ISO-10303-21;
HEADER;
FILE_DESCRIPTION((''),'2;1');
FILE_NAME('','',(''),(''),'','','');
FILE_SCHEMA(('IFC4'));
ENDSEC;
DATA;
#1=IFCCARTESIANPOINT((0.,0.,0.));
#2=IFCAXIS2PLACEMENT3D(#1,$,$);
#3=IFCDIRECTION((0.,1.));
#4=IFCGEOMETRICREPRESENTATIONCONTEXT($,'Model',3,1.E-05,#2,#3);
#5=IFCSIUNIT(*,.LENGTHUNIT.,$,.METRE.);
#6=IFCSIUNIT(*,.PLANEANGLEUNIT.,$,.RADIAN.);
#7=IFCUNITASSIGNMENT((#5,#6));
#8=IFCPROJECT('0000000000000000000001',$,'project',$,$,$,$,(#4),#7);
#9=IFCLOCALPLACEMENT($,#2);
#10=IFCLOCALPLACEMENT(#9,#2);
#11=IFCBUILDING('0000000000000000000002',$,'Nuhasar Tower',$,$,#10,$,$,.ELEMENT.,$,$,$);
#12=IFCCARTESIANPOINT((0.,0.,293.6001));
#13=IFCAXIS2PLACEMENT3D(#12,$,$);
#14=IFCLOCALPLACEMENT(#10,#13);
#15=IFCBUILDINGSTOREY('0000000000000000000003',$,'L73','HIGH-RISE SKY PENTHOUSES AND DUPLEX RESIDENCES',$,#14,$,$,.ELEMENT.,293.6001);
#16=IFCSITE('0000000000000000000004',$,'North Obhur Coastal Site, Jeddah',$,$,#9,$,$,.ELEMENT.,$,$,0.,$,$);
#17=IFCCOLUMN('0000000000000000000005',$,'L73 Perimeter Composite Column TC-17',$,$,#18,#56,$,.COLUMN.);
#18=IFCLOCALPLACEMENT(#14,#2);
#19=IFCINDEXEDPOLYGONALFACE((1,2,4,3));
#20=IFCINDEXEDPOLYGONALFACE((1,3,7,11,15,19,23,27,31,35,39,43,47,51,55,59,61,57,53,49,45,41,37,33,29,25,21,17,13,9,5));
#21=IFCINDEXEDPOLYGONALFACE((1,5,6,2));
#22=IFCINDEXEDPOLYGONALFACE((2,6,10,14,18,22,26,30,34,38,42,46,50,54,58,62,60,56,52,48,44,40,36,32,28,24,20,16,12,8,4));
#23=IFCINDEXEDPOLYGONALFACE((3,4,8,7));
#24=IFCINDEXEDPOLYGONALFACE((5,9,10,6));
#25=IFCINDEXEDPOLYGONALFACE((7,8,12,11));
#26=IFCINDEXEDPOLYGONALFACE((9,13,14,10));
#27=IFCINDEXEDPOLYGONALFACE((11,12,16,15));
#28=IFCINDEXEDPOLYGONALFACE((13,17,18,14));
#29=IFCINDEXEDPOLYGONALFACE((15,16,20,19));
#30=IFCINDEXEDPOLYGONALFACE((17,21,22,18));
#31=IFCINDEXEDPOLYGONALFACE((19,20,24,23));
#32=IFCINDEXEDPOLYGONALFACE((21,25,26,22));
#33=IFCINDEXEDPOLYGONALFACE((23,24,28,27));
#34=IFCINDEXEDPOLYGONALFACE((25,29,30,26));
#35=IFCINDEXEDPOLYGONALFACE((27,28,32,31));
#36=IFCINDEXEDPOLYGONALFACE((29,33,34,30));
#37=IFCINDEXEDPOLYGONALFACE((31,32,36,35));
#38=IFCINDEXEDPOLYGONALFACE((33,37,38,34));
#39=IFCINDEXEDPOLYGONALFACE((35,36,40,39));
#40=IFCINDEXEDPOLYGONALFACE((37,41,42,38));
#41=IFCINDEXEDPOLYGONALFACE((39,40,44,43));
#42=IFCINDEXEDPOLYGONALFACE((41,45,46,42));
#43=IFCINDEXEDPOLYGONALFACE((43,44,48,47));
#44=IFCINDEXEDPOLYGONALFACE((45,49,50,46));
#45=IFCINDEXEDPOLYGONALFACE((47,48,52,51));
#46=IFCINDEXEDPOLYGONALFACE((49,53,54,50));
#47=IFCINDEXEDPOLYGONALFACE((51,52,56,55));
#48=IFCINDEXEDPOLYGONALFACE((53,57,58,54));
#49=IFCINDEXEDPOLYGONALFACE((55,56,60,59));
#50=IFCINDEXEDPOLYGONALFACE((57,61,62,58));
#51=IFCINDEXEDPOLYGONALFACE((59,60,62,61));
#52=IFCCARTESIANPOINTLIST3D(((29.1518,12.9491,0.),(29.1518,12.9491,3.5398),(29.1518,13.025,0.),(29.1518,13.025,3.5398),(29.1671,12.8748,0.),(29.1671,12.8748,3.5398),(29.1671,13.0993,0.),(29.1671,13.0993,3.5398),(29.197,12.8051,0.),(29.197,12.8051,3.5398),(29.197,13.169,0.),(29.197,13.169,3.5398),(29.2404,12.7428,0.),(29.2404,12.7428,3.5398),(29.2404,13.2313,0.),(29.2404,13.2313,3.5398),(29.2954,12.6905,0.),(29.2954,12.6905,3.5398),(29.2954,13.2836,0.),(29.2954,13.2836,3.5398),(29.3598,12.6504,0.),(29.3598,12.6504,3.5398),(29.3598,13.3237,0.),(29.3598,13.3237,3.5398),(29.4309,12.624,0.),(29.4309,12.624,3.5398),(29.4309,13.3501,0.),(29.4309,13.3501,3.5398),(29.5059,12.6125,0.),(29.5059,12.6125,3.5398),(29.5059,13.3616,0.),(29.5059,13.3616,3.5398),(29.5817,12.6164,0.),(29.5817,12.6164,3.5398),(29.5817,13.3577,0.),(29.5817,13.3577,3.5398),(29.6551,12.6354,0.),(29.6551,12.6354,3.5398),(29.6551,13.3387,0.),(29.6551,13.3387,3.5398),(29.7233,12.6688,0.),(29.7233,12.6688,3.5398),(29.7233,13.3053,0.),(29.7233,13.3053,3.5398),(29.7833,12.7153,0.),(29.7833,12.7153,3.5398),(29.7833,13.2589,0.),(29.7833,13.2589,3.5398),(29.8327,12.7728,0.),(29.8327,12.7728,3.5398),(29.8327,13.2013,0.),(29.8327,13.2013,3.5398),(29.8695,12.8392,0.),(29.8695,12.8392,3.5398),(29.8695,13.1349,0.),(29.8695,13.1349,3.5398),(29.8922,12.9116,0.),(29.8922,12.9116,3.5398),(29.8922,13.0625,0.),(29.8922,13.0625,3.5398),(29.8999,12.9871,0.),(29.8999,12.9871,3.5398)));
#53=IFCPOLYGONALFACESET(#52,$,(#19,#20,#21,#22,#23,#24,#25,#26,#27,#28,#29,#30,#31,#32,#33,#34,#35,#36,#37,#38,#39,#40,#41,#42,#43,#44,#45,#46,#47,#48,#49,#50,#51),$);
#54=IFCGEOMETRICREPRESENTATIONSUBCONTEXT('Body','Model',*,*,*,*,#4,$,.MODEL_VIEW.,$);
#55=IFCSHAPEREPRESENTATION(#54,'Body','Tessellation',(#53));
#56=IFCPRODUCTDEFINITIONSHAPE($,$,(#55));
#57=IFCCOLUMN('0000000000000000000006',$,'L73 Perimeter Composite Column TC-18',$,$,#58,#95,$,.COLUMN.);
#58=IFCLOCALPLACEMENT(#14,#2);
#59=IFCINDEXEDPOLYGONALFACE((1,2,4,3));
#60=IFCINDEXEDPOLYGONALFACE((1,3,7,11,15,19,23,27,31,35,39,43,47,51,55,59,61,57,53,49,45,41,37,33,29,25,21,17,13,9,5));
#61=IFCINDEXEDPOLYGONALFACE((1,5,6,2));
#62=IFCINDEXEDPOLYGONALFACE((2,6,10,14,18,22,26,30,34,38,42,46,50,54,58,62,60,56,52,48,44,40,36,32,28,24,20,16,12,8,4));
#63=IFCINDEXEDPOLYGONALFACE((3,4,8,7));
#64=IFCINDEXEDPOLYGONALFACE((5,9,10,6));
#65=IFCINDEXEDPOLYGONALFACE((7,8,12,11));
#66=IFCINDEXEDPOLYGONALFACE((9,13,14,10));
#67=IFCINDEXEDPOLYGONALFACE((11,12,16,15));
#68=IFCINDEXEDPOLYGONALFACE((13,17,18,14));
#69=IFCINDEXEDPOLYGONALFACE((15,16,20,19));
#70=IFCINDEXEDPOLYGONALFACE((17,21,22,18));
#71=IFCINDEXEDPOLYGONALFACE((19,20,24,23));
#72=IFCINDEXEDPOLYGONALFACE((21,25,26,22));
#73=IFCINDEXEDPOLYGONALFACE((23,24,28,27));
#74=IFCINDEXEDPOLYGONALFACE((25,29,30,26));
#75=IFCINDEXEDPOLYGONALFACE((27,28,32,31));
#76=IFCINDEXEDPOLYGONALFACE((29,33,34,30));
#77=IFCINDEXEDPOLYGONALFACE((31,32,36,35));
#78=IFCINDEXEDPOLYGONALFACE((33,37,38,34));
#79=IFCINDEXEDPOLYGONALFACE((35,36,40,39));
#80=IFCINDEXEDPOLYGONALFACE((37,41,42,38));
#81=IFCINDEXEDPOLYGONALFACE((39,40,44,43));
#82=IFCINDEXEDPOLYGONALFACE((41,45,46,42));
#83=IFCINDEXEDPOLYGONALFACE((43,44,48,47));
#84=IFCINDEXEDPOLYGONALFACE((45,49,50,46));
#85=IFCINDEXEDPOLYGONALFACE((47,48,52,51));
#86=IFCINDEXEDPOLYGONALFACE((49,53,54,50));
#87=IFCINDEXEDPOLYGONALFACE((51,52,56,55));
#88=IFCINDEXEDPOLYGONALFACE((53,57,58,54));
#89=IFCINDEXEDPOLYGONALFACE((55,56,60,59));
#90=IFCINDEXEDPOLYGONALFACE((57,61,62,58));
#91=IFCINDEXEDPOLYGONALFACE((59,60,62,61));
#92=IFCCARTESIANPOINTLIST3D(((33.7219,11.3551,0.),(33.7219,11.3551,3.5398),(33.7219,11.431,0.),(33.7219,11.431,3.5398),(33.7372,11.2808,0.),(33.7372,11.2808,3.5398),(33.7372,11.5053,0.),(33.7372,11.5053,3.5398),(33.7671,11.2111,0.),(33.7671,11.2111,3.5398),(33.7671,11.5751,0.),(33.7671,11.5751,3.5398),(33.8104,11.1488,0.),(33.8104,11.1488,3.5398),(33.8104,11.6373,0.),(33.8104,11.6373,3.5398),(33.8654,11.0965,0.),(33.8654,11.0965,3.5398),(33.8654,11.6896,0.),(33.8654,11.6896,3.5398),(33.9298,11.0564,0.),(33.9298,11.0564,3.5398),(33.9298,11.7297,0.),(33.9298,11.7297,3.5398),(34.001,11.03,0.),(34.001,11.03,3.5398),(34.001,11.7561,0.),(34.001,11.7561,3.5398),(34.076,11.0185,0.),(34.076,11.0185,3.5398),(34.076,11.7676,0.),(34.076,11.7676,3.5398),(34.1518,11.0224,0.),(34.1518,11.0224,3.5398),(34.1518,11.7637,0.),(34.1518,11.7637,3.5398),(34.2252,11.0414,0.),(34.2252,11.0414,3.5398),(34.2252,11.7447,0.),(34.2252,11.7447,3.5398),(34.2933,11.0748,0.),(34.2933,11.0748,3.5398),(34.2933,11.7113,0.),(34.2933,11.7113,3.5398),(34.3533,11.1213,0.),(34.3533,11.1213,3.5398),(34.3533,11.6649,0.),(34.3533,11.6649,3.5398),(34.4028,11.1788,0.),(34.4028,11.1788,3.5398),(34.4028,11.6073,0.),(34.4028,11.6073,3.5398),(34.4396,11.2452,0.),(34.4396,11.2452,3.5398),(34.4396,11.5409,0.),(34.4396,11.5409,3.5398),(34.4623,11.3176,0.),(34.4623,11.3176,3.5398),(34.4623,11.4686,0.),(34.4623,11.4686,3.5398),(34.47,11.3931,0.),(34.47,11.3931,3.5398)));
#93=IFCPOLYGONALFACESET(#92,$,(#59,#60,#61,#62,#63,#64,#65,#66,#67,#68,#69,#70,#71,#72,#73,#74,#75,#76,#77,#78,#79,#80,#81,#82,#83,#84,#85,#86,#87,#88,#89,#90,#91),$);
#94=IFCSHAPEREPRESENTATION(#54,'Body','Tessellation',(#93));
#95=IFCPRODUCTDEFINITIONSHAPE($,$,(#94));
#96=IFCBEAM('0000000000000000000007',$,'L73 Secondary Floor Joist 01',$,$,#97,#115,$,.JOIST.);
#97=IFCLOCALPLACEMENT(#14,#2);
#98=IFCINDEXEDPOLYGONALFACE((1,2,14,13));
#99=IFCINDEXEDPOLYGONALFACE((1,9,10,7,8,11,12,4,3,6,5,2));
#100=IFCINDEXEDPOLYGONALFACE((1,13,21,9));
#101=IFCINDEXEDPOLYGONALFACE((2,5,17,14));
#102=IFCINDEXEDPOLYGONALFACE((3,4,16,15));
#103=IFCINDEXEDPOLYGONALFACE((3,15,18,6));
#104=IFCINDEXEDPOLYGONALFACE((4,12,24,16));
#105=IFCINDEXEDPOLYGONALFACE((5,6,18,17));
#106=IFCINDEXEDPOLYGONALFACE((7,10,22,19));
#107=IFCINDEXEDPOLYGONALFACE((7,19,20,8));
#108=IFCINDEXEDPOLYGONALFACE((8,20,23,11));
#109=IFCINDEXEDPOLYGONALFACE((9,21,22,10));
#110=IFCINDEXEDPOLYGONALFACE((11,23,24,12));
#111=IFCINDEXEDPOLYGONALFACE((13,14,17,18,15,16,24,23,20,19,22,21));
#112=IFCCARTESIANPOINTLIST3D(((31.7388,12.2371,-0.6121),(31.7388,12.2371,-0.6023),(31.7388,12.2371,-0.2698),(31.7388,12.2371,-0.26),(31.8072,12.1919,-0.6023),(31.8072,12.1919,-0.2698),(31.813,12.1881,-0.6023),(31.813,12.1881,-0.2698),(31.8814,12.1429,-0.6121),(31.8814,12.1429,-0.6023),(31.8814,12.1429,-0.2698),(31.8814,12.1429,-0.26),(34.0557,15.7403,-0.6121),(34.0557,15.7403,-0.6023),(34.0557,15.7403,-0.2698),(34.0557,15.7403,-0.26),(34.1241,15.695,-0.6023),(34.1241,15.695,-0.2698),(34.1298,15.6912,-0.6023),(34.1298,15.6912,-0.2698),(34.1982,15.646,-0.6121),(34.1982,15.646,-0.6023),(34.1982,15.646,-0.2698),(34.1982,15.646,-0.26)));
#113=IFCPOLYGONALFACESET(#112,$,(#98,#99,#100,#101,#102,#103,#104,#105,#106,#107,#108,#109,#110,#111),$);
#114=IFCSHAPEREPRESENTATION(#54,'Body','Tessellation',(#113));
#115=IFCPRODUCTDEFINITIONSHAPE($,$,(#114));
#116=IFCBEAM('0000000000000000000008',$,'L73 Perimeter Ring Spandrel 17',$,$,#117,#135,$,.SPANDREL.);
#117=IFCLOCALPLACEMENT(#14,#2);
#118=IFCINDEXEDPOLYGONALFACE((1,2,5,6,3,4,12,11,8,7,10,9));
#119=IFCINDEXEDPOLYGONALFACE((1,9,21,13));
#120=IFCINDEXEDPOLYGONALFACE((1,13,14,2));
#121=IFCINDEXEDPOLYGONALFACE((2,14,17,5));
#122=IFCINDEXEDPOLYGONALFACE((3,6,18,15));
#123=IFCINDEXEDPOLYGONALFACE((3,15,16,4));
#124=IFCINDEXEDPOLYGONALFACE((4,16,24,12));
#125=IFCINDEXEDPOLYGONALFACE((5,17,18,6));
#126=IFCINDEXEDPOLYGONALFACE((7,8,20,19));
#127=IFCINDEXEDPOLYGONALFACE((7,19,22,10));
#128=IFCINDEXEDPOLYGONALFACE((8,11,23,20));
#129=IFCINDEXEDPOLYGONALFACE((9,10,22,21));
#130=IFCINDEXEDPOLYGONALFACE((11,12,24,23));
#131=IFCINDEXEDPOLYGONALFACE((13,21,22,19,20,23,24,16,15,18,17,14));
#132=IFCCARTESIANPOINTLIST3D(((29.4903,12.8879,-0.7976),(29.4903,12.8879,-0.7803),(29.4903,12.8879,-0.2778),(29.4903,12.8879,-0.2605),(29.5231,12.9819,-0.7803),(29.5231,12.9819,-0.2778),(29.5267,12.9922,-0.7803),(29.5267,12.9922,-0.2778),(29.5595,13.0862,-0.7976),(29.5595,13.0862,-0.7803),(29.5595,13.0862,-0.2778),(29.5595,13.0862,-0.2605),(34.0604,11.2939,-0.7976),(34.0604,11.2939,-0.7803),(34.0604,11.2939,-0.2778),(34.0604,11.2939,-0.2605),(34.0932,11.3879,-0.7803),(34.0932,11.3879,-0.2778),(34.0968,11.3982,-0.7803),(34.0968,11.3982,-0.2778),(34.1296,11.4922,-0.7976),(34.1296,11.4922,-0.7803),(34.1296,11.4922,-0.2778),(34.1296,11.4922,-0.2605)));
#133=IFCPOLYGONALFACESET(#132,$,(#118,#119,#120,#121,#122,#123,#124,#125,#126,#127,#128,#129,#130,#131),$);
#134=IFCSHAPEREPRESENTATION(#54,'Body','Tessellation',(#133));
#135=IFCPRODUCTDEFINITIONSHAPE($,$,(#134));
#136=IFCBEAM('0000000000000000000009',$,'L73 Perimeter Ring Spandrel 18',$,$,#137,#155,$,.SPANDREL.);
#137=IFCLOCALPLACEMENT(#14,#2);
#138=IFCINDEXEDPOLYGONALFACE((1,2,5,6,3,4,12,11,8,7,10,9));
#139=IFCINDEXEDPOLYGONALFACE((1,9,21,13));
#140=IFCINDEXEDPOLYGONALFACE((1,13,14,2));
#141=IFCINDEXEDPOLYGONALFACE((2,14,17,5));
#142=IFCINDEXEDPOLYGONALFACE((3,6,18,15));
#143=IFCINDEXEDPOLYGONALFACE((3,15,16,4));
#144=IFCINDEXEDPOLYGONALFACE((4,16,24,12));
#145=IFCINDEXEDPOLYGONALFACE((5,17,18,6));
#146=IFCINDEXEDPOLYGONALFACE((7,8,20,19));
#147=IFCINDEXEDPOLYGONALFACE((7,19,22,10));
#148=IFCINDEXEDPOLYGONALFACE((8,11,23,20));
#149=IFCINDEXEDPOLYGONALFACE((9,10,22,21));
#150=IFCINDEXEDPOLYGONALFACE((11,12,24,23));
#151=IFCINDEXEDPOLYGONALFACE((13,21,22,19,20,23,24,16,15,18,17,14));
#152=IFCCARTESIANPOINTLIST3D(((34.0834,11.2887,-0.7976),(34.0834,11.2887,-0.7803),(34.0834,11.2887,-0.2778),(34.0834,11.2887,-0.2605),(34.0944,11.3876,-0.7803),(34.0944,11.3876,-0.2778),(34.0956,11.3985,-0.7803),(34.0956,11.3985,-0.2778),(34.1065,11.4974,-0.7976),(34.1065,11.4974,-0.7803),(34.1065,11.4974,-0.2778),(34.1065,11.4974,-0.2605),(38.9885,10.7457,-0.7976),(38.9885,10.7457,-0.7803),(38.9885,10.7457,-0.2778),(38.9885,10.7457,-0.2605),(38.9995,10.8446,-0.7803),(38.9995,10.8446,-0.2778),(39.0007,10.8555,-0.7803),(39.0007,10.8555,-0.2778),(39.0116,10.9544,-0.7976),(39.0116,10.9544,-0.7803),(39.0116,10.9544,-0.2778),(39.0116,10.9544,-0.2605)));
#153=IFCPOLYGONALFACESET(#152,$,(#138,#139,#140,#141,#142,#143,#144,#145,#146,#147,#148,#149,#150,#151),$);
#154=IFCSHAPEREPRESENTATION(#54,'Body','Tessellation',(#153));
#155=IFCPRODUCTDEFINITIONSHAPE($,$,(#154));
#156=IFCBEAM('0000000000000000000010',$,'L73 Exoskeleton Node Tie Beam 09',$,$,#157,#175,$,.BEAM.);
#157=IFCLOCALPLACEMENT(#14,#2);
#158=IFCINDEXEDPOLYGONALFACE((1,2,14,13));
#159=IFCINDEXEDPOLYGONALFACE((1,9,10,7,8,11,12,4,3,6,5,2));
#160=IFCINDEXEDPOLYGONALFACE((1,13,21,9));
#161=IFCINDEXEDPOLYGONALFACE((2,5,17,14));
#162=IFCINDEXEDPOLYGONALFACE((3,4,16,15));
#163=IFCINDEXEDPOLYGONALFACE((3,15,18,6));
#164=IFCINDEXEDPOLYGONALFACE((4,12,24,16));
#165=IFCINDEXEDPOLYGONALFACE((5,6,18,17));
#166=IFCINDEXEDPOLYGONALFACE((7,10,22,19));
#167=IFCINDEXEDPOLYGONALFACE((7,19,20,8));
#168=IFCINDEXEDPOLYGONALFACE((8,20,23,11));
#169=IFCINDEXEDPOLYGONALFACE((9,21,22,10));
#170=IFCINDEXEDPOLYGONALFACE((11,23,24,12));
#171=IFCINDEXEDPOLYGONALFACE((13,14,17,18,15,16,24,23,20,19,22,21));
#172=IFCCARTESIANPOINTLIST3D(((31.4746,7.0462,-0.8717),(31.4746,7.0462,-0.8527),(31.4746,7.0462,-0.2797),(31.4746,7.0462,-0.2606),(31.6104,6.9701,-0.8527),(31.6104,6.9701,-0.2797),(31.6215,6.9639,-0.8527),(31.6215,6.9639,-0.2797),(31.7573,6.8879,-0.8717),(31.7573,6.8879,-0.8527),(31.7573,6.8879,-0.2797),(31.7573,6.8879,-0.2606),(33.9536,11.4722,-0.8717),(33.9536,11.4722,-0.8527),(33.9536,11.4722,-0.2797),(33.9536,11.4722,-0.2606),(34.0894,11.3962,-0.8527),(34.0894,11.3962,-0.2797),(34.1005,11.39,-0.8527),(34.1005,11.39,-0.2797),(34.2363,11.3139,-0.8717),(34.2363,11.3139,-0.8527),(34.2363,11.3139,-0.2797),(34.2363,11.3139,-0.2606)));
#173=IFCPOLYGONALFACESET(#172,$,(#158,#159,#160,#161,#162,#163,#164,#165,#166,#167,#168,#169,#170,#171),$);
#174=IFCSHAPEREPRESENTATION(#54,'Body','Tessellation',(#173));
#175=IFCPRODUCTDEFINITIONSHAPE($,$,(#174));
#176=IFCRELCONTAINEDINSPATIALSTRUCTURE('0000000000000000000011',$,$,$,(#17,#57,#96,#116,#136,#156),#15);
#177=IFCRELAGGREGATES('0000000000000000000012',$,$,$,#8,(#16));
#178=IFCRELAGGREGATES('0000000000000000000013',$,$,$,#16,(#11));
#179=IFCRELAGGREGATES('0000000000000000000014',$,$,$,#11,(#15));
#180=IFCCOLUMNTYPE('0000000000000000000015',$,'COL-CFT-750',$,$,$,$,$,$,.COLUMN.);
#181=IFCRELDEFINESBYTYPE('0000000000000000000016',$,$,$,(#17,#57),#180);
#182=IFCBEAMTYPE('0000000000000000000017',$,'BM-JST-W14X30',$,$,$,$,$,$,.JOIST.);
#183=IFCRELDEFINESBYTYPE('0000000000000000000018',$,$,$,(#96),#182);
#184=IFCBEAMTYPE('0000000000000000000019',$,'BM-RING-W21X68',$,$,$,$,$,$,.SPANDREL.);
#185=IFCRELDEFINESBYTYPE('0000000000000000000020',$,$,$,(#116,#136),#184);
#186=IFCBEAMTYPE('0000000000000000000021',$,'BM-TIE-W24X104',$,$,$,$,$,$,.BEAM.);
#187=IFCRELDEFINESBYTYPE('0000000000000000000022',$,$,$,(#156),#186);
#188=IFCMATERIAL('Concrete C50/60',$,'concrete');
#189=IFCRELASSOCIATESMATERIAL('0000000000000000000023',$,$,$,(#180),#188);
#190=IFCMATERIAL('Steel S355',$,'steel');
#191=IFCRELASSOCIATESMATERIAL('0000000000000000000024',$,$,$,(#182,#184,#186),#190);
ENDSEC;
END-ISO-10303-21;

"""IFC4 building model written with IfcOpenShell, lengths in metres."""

from ifc_helpers import new_model, si_unit, direction, frame, origin, origin_2d, place, context, subcontext, project, spatial, circle, i_section, extrude, material, material_profile, profile_set, type_object, element, save


model = new_model("IFC4")

# Units and contexts
model_context = context("Model", 3, precision=1e-05, world=origin(), true_north=direction((0.0, 1.0)))
body_context = subcontext(model_context, "Body", "Model", "MODEL_VIEW")
ifc_project = project(units=[si_unit("LENGTHUNIT", "METRE"), si_unit("PLANEANGLEUNIT", "RADIAN")], contexts=[model_context])

# Site, building, storey
site_placement = place(None, origin())
site = spatial("IfcSite", under=ifc_project, at=site_placement, Name="North Obhur Coastal Site, Jeddah", CompositionType="ELEMENT", RefElevation=0.0)
building_placement = place(site_placement, origin())
building = spatial("IfcBuilding", under=site, at=building_placement, Name="Nuhasar Tower", CompositionType="ELEMENT")
storey_placement = place(building_placement, frame((0.0, 0.0, 293.6001)))
storey = spatial("IfcBuildingStorey", under=building, at=storey_placement, Name="L73", Description="HIGH-RISE SKY PENTHOUSES AND DUPLEX RESIDENCES", CompositionType="ELEMENT", Elevation=293.6001)

# Columns
ifc_material_1 = material(Name="Concrete C50/60", Category="concrete")
ifc_material_profile_1 = material_profile(ifc_material_1, circle(Radius=0.375, at=origin_2d()), Name="CFT750")
ifc_profile_set_1 = profile_set([ifc_material_profile_1], Name="Concrete C50/60")
column_type = type_object("IfcColumnType", Name="COL-CFT-750", PredefinedType="COLUMN", material=ifc_profile_set_1)
for number, where, z_axis, x_axis, name in (
    (1, (29.5249, 12.9871, 0.0), (0.0, 0.0, 1.0), (1.0, 0.0, 0.0), "L73 Perimeter Composite Column TC-17"),
    (2, (34.095, 11.3931, 0.0), (0.0, 0.0, 1.0), (1.0, 0.0, 0.0), "L73 Perimeter Composite Column TC-18"),
):
    element("IfcColumn", number, at=place(storey_placement, frame(where, z_axis=z_axis, x_axis=x_axis)), inside=storey, type_object=column_type, Name=name, PredefinedType="COLUMN", context=body_context, shape_type="SweptSolid", body=[
        extrude(circle(Radius=0.375, at=origin_2d()), origin(), (0.0, 0.0, 1.0), 3.5398),
    ])

# Beams
ifc_material_2 = material(Name="Steel S355", Category="steel")
ifc_material_profile_2 = material_profile(ifc_material_2, i_section(OverallWidth=0.1709, OverallDepth=0.3521, WebThickness=0.0068, FlangeThickness=0.0098, at=origin_2d()), Name="W14X30")
ifc_profile_set_2 = profile_set([ifc_material_profile_2], Name="Steel S355")
beam_type_1 = type_object("IfcBeamType", Name="BM-JST-W14X30", PredefinedType="JOIST", material=ifc_profile_set_2)
beam_1_placement = place(storey_placement, frame((34.127, 15.6931, -0.436), z_axis=(-0.551638, -0.834084, 0.0), x_axis=(0.834084, -0.551638, 0.0)))
element("IfcBeam", 3, at=beam_1_placement, inside=storey, type_object=beam_type_1, Name="L73 Secondary Floor Joist 01", PredefinedType="JOIST", context=body_context, shape_type="SweptSolid", body=[
    extrude(i_section(OverallWidth=0.1709, OverallDepth=0.3521, WebThickness=0.0068, FlangeThickness=0.0098, at=origin_2d()), origin(), (0.0, 0.0, 1.0), 4.2),
])
ifc_material_profile_3 = material_profile(ifc_material_2, i_section(OverallWidth=0.21, OverallDepth=0.5371, WebThickness=0.011, FlangeThickness=0.0173, at=origin_2d()), Name="W21X68")
ifc_profile_set_3 = profile_set([ifc_material_profile_3], Name="Steel S355")
beam_type_2 = type_object("IfcBeamType", Name="BM-RING-W21X68", PredefinedType="SPANDREL", material=ifc_profile_set_3)
beam_2_placement = place(storey_placement, frame((29.5249, 12.9871, -0.5291), z_axis=(0.944214, -0.329332, 0.0), x_axis=(0.329332, 0.944214, 0.0)))
element("IfcBeam", 4, at=beam_2_placement, inside=storey, type_object=beam_type_2, Name="L73 Perimeter Ring Spandrel 17", PredefinedType="SPANDREL", context=body_context, shape_type="SweptSolid", body=[
    extrude(i_section(OverallWidth=0.21, OverallDepth=0.5371, WebThickness=0.011, FlangeThickness=0.0173, at=origin_2d()), origin(), (0.0, 0.0, 1.0), 4.8401),
])
beam_3_placement = place(storey_placement, frame((34.095, 11.3931, -0.5291), z_axis=(0.993929, -0.110024, 0.0), x_axis=(0.110024, 0.993929, 0.0)))
element("IfcBeam", 5, at=beam_3_placement, inside=storey, type_object=beam_type_2, Name="L73 Perimeter Ring Spandrel 18", PredefinedType="SPANDREL", context=body_context, shape_type="SweptSolid", body=[
    extrude(i_section(OverallWidth=0.21, OverallDepth=0.5371, WebThickness=0.011, FlangeThickness=0.0173, at=origin_2d()), origin(), (0.0, 0.0, 1.0), 4.9351),
])
ifc_material_profile_4 = material_profile(ifc_material_2, i_section(OverallWidth=0.324, OverallDepth=0.6111, WebThickness=0.0127, FlangeThickness=0.019, at=origin_2d()), Name="W24X104")
ifc_profile_set_4 = profile_set([ifc_material_profile_4], Name="Steel S355")
beam_type_3 = type_object("IfcBeamType", Name="BM-TIE-W24X104", PredefinedType="BEAM", material=ifc_profile_set_4)
beam_4_placement = place(storey_placement, frame((34.095, 11.3931, -0.5662), z_axis=(-0.488668, -0.87247, 0.0), x_axis=(0.87247, -0.488668, 0.0)))
element("IfcBeam", 6, at=beam_4_placement, inside=storey, type_object=beam_type_3, Name="L73 Exoskeleton Node Tie Beam 09", PredefinedType="BEAM", context=body_context, shape_type="SweptSolid", body=[
    extrude(i_section(OverallWidth=0.324, OverallDepth=0.6111, WebThickness=0.0127, FlangeThickness=0.019, at=origin_2d()), origin(), (0.0, 0.0, 1.0), 5.073),
])

save(model, "model.ifc")
